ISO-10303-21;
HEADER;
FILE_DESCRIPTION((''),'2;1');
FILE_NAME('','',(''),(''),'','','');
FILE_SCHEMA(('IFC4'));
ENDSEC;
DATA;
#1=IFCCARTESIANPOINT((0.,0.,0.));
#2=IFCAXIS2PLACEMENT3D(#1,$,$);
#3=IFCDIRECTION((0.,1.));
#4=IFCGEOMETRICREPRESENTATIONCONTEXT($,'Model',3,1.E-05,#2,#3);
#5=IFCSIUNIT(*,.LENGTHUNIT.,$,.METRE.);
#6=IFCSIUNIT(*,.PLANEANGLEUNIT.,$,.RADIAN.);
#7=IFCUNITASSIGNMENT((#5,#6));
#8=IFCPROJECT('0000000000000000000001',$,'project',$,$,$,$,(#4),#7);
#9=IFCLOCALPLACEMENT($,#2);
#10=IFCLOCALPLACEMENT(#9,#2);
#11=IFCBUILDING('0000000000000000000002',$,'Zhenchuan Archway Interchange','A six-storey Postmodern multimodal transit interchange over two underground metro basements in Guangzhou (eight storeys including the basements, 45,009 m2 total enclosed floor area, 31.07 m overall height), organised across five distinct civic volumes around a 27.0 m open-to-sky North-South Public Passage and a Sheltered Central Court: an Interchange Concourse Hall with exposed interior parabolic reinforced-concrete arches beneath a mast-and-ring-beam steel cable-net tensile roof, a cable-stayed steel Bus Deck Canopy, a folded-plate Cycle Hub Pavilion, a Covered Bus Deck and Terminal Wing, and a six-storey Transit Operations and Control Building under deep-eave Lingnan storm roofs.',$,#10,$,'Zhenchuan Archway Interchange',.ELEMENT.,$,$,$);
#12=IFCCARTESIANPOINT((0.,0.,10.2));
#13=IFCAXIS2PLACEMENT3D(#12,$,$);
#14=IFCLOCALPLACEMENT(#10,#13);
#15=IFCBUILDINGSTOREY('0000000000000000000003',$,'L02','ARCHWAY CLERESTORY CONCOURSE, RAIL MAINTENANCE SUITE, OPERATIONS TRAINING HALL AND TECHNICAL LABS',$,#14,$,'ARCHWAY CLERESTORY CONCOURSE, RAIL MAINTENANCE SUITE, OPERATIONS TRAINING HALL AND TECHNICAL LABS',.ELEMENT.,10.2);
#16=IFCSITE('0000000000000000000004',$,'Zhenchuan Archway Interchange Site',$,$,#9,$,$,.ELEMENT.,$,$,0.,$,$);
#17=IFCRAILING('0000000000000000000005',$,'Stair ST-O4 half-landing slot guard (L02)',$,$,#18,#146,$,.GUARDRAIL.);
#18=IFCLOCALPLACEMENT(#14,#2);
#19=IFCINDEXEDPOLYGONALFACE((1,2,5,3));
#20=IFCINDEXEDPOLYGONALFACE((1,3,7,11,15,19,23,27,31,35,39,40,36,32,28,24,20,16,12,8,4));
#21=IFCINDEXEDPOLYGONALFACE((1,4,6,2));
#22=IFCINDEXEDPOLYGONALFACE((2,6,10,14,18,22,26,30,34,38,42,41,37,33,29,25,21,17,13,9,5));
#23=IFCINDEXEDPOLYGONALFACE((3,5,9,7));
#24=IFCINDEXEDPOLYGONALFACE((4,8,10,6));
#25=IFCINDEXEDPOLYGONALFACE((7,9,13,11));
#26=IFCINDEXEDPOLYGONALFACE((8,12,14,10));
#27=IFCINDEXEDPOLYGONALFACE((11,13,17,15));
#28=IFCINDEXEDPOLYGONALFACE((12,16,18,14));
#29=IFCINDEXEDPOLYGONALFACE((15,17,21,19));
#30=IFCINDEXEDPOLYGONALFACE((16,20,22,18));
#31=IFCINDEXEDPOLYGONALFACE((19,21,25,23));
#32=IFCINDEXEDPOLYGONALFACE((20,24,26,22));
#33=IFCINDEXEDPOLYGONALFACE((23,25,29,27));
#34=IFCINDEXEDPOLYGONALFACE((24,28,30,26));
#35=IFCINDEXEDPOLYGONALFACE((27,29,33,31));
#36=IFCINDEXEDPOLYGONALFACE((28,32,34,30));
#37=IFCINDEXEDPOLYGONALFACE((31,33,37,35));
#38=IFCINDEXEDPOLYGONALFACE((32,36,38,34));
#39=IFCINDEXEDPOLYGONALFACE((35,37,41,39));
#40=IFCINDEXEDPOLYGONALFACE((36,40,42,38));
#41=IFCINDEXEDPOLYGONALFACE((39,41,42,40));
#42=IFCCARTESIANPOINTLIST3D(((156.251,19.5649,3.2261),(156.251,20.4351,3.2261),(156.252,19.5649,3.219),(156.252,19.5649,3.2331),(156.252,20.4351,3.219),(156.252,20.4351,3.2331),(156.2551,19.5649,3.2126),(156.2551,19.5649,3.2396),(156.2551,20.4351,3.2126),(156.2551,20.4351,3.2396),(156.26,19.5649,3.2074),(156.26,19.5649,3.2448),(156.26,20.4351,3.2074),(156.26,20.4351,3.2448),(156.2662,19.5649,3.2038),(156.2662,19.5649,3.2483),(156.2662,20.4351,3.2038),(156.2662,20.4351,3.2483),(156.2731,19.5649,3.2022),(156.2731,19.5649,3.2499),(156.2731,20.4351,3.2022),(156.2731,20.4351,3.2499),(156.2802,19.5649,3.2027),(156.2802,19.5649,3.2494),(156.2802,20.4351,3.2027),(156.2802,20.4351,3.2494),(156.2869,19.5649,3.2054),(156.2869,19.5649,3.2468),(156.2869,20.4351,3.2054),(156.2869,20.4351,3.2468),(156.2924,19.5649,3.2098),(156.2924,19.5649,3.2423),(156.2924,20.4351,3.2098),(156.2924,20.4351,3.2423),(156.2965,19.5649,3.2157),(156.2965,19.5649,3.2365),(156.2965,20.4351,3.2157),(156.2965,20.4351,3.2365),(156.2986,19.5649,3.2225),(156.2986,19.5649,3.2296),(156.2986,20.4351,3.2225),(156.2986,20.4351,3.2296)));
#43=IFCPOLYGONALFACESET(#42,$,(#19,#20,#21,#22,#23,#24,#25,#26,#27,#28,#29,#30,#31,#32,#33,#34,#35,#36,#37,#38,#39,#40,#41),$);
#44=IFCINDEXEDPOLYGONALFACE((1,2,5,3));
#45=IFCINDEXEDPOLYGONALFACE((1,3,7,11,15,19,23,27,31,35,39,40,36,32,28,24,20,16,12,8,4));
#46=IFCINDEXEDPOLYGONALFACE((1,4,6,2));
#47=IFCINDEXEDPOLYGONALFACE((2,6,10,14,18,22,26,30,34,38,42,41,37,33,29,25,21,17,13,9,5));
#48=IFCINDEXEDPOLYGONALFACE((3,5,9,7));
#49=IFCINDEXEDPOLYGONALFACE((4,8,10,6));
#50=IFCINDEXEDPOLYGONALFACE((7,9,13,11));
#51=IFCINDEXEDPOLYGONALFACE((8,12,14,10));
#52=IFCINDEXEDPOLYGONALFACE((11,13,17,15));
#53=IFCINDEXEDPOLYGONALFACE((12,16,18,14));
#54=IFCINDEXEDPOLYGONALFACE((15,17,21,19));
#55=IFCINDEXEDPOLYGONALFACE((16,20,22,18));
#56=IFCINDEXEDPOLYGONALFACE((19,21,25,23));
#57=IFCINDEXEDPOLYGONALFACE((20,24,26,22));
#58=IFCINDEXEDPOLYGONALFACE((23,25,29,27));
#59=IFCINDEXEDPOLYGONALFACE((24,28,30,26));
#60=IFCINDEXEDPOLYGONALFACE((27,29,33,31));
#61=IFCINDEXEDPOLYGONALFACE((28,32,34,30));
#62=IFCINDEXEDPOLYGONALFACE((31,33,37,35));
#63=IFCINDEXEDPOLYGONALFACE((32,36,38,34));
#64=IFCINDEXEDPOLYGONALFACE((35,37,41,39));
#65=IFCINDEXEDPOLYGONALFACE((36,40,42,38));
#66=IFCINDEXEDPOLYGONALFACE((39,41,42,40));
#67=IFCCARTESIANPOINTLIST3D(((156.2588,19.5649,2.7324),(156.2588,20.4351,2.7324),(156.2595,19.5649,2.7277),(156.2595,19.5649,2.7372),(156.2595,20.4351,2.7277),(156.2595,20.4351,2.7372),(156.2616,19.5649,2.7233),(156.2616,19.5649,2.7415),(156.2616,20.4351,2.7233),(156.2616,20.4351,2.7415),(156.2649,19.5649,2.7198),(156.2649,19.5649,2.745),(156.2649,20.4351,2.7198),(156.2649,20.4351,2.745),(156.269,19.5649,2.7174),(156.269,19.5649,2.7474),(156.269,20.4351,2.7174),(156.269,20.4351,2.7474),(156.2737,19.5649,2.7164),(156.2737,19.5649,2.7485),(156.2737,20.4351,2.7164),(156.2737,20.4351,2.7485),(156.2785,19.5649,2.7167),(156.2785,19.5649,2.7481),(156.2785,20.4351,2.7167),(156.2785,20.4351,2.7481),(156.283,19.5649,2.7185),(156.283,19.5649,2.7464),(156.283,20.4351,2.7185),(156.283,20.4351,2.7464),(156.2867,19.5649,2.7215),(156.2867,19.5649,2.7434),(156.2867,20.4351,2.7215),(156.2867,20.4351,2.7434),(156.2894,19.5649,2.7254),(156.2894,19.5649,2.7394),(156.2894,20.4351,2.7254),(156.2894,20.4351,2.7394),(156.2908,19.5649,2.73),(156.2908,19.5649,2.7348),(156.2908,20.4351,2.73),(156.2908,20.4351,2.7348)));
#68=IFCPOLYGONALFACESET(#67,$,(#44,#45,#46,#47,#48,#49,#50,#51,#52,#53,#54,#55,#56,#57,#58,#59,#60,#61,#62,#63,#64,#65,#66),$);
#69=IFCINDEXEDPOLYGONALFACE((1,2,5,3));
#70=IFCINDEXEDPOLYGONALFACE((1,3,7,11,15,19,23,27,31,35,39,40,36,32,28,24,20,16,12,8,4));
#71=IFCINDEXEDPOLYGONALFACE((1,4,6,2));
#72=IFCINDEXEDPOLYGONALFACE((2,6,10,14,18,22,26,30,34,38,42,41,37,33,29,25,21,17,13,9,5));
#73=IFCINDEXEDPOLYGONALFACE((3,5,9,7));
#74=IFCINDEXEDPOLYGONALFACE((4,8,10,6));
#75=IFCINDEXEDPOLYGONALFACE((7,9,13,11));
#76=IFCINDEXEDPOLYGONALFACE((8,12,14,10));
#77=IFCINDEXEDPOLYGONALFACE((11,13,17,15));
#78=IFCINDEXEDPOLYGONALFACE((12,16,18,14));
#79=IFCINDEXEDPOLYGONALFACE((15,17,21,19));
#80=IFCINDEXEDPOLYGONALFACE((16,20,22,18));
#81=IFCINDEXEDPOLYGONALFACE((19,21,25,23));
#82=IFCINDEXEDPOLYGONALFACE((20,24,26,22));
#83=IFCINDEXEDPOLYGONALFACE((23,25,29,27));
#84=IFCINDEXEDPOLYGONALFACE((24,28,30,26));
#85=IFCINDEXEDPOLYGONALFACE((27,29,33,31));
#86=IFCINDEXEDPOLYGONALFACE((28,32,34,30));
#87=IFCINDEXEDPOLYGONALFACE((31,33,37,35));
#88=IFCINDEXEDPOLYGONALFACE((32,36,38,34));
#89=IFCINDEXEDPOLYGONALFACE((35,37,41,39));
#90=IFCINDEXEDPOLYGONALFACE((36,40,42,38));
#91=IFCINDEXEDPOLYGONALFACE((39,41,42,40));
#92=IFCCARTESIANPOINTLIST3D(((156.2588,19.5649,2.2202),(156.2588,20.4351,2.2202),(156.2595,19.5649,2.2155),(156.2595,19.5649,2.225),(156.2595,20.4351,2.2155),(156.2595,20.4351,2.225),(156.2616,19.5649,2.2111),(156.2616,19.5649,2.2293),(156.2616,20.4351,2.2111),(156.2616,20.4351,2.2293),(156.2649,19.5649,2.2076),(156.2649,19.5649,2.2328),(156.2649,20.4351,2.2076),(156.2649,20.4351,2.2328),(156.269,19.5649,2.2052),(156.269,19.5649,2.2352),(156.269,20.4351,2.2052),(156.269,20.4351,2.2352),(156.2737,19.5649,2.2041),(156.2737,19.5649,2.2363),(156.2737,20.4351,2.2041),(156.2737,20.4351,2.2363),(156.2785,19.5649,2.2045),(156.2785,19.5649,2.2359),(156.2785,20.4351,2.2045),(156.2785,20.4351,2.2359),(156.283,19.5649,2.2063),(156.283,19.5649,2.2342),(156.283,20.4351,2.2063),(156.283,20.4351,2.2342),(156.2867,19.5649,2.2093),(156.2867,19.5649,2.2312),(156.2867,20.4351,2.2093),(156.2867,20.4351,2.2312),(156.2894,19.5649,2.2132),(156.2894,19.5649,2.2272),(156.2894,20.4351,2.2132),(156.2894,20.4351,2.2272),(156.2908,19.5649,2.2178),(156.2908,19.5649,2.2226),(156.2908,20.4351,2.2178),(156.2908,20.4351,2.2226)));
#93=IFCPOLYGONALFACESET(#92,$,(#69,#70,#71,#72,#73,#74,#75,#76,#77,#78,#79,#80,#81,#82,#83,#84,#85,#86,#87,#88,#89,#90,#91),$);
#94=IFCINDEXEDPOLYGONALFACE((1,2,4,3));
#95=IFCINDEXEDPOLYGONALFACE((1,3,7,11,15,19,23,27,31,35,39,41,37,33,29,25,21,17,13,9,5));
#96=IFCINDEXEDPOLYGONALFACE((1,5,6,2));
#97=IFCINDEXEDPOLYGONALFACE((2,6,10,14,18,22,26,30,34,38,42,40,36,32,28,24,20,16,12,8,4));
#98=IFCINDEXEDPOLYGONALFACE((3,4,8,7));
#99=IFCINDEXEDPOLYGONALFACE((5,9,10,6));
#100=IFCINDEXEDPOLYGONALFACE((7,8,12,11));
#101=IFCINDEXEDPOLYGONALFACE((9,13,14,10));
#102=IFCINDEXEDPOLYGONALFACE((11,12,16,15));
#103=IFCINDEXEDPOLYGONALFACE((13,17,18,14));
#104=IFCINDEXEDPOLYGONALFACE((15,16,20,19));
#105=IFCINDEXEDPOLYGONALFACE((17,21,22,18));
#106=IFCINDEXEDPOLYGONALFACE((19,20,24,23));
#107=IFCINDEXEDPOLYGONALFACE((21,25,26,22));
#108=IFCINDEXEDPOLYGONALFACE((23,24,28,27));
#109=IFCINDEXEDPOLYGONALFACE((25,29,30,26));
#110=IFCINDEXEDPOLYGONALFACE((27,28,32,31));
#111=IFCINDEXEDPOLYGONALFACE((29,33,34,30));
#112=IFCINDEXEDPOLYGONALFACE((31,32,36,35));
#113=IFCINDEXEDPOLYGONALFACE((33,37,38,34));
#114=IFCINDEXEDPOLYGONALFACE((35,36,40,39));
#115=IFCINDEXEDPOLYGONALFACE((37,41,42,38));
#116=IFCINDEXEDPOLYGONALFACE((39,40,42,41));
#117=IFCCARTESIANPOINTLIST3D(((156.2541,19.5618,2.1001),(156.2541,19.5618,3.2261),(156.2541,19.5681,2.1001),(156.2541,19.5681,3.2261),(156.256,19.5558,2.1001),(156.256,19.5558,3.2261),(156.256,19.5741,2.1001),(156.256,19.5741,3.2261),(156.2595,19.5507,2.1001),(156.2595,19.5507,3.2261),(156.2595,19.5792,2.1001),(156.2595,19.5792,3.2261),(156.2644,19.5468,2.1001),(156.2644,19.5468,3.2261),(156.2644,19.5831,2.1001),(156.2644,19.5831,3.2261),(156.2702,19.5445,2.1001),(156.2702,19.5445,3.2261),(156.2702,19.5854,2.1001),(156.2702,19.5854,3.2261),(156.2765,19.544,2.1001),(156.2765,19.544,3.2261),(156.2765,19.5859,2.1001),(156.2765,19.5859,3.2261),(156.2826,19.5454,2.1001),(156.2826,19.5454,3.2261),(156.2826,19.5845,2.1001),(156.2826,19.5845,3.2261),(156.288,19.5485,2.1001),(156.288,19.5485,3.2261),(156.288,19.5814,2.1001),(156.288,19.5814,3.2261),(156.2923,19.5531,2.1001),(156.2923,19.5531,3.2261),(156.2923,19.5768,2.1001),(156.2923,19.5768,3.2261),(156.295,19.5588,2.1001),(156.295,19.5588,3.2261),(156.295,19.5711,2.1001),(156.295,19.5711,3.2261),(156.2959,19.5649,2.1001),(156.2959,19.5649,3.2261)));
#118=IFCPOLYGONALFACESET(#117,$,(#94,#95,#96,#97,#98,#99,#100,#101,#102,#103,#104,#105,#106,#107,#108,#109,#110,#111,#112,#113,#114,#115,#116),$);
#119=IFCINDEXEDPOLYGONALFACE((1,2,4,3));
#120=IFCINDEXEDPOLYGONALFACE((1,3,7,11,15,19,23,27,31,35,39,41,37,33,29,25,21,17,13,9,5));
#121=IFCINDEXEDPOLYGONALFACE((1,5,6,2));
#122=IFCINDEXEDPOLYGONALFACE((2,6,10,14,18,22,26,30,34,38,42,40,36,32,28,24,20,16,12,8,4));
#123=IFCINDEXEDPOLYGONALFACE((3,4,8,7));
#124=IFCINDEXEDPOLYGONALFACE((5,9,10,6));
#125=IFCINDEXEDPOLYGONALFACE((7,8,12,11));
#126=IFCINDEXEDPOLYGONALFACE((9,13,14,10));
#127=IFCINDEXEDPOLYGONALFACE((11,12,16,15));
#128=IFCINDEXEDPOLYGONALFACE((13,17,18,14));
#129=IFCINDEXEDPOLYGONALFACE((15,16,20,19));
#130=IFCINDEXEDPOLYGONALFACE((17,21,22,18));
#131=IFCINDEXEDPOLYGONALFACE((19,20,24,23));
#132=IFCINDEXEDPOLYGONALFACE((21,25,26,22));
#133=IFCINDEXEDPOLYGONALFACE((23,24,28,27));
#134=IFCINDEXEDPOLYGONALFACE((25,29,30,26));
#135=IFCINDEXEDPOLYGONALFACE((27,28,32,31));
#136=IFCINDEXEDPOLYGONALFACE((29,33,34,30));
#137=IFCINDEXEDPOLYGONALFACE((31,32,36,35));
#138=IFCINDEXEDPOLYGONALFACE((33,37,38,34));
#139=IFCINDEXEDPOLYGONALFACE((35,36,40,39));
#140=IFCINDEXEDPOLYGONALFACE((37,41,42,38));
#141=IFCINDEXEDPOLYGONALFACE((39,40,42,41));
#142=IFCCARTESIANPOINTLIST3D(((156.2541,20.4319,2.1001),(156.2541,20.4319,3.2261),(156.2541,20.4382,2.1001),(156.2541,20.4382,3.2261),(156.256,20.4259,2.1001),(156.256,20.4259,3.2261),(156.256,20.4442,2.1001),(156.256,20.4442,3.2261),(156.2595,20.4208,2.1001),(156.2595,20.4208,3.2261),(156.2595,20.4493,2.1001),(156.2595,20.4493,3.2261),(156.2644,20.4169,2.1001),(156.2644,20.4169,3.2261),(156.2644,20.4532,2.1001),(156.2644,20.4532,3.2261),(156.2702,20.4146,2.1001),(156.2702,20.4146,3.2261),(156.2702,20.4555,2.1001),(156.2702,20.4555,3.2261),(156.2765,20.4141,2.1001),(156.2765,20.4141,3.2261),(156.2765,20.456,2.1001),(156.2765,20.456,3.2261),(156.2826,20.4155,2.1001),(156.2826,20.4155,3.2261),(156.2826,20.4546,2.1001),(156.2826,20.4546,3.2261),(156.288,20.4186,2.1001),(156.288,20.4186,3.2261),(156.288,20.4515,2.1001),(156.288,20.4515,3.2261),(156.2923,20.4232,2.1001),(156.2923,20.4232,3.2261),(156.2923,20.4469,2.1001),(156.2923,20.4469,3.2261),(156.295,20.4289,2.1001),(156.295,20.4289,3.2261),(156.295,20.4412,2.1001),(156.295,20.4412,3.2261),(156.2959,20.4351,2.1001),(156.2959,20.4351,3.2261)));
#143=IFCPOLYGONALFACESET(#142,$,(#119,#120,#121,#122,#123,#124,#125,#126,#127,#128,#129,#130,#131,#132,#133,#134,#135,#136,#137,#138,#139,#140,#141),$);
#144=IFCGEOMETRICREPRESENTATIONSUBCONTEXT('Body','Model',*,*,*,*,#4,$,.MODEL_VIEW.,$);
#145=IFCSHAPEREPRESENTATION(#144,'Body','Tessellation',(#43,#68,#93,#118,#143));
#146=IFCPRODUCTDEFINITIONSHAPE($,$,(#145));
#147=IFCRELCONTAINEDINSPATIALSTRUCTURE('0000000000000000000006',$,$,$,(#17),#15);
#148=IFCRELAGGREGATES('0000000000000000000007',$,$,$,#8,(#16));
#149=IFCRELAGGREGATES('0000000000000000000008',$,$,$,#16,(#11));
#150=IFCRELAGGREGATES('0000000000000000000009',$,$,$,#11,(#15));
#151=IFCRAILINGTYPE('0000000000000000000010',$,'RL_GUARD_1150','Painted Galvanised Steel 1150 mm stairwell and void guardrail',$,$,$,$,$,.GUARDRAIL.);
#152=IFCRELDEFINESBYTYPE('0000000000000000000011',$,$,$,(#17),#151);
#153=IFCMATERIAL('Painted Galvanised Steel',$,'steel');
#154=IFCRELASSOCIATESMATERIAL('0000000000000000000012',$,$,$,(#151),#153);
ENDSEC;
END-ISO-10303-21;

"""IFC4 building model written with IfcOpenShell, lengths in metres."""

from ifc_helpers import new_model, si_unit, direction, frame, origin, origin_2d, place, context, subcontext, project, spatial, circle, extrude, material, type_object, element, save


model = new_model("IFC4")

# Units and contexts
model_context = context("Model", 3, precision=1e-05, world=origin(), true_north=direction((0.0, 1.0)))
body_context = subcontext(model_context, "Body", "Model", "MODEL_VIEW")
ifc_project = project(units=[si_unit("LENGTHUNIT", "METRE"), si_unit("PLANEANGLEUNIT", "RADIAN")], contexts=[model_context])

# Site, building, storey
site_placement = place(None, origin())
site = spatial("IfcSite", under=ifc_project, at=site_placement, Name="Zhenchuan Archway Interchange Site", CompositionType="ELEMENT", RefElevation=0.0)
building_placement = place(site_placement, origin())
building = spatial("IfcBuilding", under=site, at=building_placement, Name="Zhenchuan Archway Interchange", Description="A six-storey Postmodern multimodal transit interchange over two underground metro basements in Guangzhou (eight storeys including the basements, 45,009 m2 total enclosed floor area, 31.07 m overall height), organised across five distinct civic volumes around a 27.0 m open-to-sky North-South Public Passage and a Sheltered Central Court: an Interchange Concourse Hall with exposed interior parabolic reinforced-concrete arches beneath a mast-and-ring-beam steel cable-net tensile roof, a cable-stayed steel Bus Deck Canopy, a folded-plate Cycle Hub Pavilion, a Covered Bus Deck and Terminal Wing, and a six-storey Transit Operations and Control Building under deep-eave Lingnan storm roofs.", LongName="Zhenchuan Archway Interchange", CompositionType="ELEMENT")
storey_placement = place(building_placement, frame((0.0, 0.0, 10.2)))
storey = spatial("IfcBuildingStorey", under=building, at=storey_placement, Name="L02", Description="ARCHWAY CLERESTORY CONCOURSE, RAIL MAINTENANCE SUITE, OPERATIONS TRAINING HALL AND TECHNICAL LABS", LongName="ARCHWAY CLERESTORY CONCOURSE, RAIL MAINTENANCE SUITE, OPERATIONS TRAINING HALL AND TECHNICAL LABS", CompositionType="ELEMENT", Elevation=10.2)

# Railing
ifc_material_1 = material(Name="Painted Galvanised Steel", Category="steel")
railing_type_1 = type_object("IfcRailingType", Name="RL_GUARD_1150", Description="Painted Galvanised Steel 1150 mm stairwell and void guardrail", PredefinedType="GUARDRAIL", material=ifc_material_1)
railing_1_placement = place(storey_placement, frame((156.2749, 19.5649, 2.1001)))
element("IfcRailing", 1, at=railing_1_placement, inside=storey, type_object=railing_type_1, Name="Stair ST-O4 half-landing slot guard (L02)", PredefinedType="GUARDRAIL", context=body_context, shape_type="SweptSolid", body=[
    extrude(circle(Radius=0.0239, at=origin_2d()), frame((0.0, 0.0, 1.126), z_axis=(0.0, 1.0, 0.0), x_axis=(-1.0, 0.0, 0.0)), (0.0, 0.0, 1.0), 0.8701),
    extrude(circle(Radius=0.0161, at=origin_2d()), frame((0.0, 0.0, 0.6323), z_axis=(0.0, 1.0, 0.0), x_axis=(-1.0, 0.0, 0.0)), (0.0, 0.0, 1.0), 0.8701),
    extrude(circle(Radius=0.0161, at=origin_2d()), frame((0.0, 0.0, 0.1201), z_axis=(0.0, 1.0, 0.0), x_axis=(-1.0, 0.0, 0.0)), (0.0, 0.0, 1.0), 0.8701),
    extrude(circle(Radius=0.021, at=origin_2d()), origin(), (0.0, 0.0, 1.0), 1.126),
    extrude(circle(Radius=0.021, at=origin_2d()), frame((0.0, 0.8701, 0.0)), (0.0, 0.0, 1.0), 1.126),
])

save(model, "model.ifc")
